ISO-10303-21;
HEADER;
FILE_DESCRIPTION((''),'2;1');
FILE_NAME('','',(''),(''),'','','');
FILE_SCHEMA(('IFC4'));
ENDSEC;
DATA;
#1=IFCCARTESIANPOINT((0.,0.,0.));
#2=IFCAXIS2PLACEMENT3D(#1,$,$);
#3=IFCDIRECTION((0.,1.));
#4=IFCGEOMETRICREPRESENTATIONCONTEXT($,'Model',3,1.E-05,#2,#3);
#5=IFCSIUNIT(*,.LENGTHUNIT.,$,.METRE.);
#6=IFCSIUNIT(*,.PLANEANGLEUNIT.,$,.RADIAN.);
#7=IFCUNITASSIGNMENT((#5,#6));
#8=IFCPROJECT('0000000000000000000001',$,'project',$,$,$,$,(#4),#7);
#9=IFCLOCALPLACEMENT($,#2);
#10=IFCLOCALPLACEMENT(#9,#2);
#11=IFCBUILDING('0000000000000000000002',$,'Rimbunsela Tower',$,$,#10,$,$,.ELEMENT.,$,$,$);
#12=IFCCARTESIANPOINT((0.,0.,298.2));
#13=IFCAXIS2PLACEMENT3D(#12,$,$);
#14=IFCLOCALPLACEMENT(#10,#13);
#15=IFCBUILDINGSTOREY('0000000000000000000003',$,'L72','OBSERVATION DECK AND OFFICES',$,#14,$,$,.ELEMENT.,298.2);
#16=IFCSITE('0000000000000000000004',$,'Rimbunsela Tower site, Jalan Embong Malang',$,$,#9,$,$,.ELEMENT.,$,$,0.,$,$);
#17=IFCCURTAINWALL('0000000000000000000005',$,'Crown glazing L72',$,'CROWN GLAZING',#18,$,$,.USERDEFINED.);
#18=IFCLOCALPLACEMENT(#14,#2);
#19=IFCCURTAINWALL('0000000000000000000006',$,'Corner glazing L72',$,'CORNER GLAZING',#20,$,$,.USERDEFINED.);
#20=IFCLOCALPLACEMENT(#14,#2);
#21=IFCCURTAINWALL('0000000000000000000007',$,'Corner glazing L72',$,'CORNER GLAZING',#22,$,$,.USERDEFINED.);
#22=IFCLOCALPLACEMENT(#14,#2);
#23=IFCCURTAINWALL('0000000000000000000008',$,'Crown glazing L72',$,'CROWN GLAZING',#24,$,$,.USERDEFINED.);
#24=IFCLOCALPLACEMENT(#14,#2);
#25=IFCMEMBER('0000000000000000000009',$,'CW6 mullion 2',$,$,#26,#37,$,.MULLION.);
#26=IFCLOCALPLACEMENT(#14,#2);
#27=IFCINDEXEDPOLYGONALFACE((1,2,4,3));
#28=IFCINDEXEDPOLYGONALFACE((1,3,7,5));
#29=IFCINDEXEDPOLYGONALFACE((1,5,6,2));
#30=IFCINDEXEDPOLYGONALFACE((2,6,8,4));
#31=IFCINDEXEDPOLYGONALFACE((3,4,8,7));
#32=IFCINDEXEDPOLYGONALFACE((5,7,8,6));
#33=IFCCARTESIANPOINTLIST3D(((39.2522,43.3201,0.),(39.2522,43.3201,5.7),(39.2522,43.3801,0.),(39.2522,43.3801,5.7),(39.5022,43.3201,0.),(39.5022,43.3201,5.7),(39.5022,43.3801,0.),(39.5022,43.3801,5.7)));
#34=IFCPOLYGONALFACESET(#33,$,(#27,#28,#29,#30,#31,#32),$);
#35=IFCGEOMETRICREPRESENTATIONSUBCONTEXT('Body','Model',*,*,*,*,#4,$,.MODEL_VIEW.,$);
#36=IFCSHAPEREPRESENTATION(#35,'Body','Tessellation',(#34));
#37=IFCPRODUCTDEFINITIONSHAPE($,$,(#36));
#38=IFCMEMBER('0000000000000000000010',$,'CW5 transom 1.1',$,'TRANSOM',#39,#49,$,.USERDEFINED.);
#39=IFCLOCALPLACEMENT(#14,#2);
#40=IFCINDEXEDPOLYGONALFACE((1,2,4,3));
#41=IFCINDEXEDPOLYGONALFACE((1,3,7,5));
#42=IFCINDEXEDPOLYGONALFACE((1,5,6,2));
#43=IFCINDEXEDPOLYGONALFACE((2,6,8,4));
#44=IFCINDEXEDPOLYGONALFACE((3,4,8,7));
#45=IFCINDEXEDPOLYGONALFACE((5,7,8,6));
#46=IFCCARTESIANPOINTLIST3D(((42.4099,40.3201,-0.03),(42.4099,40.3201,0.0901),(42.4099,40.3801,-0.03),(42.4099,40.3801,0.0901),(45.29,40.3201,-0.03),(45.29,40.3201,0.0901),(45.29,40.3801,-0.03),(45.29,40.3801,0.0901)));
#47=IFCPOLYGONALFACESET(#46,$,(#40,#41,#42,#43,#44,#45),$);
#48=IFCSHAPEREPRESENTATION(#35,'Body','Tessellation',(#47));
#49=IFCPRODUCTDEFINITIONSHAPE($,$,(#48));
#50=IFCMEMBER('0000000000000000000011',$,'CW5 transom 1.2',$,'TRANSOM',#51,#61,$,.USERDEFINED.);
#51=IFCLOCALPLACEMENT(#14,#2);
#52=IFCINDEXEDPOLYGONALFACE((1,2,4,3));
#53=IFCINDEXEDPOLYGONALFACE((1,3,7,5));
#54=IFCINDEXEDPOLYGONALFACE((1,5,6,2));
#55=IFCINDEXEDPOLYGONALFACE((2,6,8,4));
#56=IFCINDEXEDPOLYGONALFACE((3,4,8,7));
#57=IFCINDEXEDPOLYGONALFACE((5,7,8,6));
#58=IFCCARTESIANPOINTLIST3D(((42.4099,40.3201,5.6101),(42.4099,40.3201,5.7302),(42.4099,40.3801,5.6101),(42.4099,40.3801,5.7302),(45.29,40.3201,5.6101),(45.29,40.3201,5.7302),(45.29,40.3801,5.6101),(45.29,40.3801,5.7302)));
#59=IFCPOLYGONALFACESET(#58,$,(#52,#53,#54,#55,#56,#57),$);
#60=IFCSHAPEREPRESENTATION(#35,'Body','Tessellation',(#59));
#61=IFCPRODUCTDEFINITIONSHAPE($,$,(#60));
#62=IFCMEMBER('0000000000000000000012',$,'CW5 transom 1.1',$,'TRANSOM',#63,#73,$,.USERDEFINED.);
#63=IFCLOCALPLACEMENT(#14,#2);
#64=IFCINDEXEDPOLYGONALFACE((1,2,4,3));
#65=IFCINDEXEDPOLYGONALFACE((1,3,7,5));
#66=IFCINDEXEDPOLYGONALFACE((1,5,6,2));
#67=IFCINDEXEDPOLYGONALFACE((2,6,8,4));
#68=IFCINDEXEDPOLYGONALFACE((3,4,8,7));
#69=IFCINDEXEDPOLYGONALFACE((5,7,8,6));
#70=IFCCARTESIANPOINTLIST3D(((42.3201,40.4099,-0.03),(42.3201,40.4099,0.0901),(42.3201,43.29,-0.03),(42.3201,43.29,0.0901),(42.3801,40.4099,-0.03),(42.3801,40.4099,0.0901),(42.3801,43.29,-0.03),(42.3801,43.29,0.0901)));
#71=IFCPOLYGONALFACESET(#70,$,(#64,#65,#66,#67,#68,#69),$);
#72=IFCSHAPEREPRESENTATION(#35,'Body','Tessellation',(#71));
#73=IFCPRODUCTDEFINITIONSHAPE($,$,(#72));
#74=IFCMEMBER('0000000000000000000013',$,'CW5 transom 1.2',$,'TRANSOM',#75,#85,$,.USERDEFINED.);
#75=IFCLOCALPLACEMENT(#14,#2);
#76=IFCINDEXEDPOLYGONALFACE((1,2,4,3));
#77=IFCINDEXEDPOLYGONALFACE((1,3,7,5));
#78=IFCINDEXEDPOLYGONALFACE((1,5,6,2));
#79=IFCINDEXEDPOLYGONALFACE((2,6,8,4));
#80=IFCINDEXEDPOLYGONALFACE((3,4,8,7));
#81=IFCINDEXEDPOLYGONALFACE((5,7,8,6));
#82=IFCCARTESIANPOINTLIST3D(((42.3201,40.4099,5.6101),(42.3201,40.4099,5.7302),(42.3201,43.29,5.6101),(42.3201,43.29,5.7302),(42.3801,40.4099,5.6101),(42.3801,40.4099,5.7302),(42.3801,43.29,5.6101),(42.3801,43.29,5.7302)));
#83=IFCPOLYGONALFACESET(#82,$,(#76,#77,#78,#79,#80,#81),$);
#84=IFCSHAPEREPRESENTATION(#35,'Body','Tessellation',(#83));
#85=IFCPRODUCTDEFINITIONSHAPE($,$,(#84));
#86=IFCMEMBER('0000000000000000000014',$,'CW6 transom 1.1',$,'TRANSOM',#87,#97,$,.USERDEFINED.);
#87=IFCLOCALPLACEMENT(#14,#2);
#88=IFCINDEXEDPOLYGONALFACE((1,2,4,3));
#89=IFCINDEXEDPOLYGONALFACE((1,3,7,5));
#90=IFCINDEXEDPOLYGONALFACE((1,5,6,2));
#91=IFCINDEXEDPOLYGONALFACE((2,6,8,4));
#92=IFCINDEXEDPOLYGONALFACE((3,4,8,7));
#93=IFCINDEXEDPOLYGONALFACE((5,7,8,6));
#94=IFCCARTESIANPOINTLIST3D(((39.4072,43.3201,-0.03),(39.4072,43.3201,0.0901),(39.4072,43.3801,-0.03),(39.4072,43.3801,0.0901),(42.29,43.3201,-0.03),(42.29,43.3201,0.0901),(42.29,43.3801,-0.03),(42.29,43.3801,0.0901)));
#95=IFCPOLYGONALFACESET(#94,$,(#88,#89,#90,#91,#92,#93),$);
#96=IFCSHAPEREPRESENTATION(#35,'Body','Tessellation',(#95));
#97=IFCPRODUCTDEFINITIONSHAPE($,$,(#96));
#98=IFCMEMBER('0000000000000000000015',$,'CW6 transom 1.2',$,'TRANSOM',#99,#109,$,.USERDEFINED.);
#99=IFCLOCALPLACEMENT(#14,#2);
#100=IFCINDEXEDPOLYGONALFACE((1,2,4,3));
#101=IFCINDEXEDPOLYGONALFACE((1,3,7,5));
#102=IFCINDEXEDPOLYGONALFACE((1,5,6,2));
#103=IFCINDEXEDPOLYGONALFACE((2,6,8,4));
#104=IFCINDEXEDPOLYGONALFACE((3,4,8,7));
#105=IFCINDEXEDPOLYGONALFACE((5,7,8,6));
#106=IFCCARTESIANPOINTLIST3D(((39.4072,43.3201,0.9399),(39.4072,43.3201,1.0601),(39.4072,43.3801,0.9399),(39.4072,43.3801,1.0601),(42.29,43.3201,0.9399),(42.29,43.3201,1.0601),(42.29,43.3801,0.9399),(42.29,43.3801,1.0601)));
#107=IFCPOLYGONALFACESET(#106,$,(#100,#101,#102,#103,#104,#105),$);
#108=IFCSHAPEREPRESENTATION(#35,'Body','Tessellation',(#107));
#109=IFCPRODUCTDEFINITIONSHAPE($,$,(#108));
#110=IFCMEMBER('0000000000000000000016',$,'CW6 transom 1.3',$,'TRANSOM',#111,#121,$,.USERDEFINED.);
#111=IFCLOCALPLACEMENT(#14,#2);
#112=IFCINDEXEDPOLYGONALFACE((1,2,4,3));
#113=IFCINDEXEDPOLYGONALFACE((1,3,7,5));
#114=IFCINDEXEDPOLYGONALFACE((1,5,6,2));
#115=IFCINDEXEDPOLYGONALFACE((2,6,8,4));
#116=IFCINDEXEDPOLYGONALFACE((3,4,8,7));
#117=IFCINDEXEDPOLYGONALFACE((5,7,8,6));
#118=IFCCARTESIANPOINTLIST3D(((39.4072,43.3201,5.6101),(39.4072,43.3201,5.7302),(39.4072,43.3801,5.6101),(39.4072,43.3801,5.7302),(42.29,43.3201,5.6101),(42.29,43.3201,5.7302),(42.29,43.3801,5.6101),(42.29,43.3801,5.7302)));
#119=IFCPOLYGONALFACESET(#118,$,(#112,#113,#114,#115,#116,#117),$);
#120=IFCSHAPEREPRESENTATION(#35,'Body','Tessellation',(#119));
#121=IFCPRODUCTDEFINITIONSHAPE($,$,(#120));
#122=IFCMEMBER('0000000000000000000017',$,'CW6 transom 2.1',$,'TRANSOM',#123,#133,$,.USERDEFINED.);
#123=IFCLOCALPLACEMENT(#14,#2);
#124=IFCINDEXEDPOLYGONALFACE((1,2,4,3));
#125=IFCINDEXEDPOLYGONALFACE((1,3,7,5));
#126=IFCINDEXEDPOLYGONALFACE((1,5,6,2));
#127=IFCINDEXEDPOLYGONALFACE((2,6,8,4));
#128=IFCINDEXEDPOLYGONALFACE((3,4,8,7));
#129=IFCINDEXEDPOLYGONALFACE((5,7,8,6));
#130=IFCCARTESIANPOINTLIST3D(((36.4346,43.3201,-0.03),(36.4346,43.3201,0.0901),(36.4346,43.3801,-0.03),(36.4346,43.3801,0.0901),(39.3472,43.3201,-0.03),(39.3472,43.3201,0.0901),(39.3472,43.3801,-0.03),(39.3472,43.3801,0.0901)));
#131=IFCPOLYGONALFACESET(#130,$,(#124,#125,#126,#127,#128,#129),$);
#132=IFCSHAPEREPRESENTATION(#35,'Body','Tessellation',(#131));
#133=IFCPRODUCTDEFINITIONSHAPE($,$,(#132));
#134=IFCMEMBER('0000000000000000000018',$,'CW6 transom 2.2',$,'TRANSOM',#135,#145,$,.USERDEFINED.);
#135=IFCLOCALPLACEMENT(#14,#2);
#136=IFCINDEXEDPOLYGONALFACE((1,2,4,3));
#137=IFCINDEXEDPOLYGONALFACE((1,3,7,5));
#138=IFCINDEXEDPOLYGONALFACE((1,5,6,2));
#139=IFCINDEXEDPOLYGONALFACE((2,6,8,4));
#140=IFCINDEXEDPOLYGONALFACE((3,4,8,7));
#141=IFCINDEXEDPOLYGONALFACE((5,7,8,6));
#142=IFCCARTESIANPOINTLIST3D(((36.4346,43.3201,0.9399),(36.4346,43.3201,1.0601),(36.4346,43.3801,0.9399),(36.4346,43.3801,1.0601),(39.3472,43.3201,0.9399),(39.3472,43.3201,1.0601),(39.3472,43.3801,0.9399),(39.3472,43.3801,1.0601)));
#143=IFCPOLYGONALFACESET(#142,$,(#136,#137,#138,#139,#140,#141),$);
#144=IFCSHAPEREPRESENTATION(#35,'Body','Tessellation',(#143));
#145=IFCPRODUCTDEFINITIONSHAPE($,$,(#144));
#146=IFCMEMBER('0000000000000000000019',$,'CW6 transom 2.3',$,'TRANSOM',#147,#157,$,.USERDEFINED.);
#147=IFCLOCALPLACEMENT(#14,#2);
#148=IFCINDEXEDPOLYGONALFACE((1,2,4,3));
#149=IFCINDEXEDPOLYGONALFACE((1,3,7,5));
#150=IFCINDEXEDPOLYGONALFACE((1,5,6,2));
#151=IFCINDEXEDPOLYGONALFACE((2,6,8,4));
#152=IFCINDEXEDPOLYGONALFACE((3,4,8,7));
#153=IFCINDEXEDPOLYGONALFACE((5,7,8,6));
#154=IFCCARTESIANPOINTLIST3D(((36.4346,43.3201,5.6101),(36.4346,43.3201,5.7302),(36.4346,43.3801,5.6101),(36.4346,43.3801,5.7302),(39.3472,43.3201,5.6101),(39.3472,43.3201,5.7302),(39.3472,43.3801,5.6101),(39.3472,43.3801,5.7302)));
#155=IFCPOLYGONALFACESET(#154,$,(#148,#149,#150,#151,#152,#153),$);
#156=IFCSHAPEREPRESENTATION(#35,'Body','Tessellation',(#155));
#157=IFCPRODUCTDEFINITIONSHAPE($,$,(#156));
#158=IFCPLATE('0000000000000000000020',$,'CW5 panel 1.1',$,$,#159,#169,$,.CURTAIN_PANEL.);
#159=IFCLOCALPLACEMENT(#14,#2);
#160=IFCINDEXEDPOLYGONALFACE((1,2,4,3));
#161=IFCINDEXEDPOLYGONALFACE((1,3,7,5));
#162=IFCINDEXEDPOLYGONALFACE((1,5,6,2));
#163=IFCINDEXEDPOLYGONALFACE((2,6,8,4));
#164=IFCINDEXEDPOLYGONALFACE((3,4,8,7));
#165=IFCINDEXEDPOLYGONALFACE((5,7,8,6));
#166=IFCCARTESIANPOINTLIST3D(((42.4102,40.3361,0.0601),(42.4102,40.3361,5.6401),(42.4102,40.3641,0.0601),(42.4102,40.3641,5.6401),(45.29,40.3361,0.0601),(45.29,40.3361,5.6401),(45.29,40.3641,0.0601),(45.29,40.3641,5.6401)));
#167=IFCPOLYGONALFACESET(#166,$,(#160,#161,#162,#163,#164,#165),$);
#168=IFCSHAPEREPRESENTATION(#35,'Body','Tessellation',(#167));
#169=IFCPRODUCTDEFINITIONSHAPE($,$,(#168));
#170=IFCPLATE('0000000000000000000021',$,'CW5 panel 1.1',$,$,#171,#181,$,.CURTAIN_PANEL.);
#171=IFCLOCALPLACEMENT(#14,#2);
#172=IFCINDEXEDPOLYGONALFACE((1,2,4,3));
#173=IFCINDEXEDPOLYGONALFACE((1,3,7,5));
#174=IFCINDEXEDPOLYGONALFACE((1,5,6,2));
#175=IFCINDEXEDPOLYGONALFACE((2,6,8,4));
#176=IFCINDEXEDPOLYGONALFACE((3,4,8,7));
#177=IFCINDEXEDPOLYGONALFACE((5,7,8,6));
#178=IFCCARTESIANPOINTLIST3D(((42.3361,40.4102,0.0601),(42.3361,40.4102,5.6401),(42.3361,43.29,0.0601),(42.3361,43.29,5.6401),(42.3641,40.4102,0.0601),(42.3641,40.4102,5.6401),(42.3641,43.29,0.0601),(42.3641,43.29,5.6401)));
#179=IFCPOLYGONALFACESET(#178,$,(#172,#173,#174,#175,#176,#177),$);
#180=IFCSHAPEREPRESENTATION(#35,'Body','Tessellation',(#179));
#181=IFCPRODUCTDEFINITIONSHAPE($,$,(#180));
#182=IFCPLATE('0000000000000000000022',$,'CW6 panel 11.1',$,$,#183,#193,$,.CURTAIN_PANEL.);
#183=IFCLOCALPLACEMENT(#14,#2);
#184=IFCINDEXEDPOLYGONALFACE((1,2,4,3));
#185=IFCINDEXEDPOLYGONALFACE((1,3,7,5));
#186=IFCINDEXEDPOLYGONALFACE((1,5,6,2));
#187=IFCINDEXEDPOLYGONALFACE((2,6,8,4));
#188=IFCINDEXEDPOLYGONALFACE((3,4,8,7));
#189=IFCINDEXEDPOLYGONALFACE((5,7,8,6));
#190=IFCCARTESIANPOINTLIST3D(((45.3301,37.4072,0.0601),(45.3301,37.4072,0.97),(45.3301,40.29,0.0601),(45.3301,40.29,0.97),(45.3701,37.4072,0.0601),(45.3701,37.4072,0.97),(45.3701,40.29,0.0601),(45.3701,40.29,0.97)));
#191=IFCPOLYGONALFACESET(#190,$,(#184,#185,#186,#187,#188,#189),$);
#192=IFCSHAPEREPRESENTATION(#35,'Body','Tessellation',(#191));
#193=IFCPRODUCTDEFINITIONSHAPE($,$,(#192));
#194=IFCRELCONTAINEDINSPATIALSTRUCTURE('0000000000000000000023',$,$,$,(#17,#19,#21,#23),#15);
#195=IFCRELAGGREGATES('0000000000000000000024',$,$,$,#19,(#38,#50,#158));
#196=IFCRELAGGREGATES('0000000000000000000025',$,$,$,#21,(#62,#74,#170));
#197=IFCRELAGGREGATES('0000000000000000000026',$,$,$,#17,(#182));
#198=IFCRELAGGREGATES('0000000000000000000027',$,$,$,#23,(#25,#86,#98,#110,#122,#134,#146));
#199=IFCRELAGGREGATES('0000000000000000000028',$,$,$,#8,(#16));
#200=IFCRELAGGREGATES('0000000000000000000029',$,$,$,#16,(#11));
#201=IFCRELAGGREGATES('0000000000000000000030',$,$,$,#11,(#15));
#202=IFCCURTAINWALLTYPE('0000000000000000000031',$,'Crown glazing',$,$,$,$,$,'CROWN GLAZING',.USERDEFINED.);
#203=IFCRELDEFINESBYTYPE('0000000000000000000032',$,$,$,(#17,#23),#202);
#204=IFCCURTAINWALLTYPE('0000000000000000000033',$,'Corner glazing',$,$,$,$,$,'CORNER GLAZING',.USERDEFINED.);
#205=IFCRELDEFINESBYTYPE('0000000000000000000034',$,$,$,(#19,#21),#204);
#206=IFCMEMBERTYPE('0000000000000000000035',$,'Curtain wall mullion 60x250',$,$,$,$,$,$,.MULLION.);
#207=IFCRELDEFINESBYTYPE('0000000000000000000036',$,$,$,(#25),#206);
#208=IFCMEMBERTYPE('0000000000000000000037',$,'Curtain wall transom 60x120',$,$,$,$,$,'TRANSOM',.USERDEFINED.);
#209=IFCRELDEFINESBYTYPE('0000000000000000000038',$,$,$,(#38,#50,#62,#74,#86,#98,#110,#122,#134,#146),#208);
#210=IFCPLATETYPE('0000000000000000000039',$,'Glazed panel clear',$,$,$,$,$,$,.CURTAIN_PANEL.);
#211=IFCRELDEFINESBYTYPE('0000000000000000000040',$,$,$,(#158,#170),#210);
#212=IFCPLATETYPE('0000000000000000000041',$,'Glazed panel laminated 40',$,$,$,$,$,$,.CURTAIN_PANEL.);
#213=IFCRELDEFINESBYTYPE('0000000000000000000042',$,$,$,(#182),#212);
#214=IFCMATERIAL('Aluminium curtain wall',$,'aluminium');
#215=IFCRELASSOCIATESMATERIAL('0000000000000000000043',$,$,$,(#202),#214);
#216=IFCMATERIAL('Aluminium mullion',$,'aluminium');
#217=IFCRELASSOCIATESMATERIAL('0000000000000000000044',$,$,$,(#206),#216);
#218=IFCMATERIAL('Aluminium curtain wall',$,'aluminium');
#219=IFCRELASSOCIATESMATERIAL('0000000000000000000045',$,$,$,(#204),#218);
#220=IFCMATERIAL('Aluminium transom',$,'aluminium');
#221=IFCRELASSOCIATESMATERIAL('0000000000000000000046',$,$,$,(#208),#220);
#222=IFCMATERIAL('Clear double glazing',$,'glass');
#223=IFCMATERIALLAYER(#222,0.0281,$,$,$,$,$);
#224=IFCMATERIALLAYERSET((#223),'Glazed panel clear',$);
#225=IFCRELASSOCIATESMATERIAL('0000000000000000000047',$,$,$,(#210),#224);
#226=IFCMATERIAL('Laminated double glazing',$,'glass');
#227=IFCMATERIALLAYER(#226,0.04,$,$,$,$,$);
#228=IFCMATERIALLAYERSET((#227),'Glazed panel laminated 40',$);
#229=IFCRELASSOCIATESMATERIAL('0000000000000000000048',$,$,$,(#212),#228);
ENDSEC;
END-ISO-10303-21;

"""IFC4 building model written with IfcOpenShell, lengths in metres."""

from ifc_helpers import new_model, si_unit, direction, frame, origin, origin_2d, place, context, subcontext, project, spatial, rectangle, extrude, material, layer, layer_set, material_profile, profile_set, type_object, element, aggregate, save


model = new_model("IFC4")

# Units and contexts
model_context = context("Model", 3, precision=1e-05, world=origin(), true_north=direction((0.0, 1.0)))
body_context = subcontext(model_context, "Body", "Model", "MODEL_VIEW")
ifc_project = project(units=[si_unit("LENGTHUNIT", "METRE"), si_unit("PLANEANGLEUNIT", "RADIAN")], contexts=[model_context])

# Site, building, storey
site_placement = place(None, origin())
site = spatial("IfcSite", under=ifc_project, at=site_placement, Name="Rimbunsela Tower site, Jalan Embong Malang", CompositionType="ELEMENT", RefElevation=0.0)
building_placement = place(site_placement, origin())
building = spatial("IfcBuilding", under=site, at=building_placement, Name="Rimbunsela Tower", CompositionType="ELEMENT")
storey_placement = place(building_placement, frame((0.0, 0.0, 298.2)))
storey = spatial("IfcBuildingStorey", under=building, at=storey_placement, Name="L72", Description="OBSERVATION DECK AND OFFICES", CompositionType="ELEMENT", Elevation=298.2)

# Curtain wall
ifc_material_1 = material(Name="Aluminium curtain wall", Category="aluminium")
curtain_wall_type_1 = type_object("IfcCurtainWallType", Name="Crown glazing", ElementType="CROWN GLAZING", PredefinedType="USERDEFINED", material=ifc_material_1)
curtain_wall_1_placement = place(storey_placement, origin())
curtain_wall_1 = element("IfcCurtainWall", 1, at=curtain_wall_1_placement, inside=storey, type_object=curtain_wall_type_1, Name="Crown glazing L72", ObjectType="CROWN GLAZING", PredefinedType="USERDEFINED")
ifc_material_2 = material(Name="Aluminium mullion", Category="aluminium")
ifc_material_profile_1 = material_profile(ifc_material_2, rectangle(XDim=0.0601, YDim=0.25, at=origin_2d()), Name="Mullion 60x250")
ifc_profile_set_1 = profile_set([ifc_material_profile_1], Name="Aluminium mullion")
member_type_1 = type_object("IfcMemberType", Name="Curtain wall mullion 60x250", PredefinedType="MULLION", material=ifc_profile_set_1)

# Curtain walls, member
ifc_material_3 = material(Name="Aluminium curtain wall", Category="aluminium")
curtain_wall_type_2 = type_object("IfcCurtainWallType", Name="Corner glazing", ElementType="CORNER GLAZING", PredefinedType="USERDEFINED", material=ifc_material_3)
curtain_wall_2_placement = place(storey_placement, origin())
curtain_wall_2 = element("IfcCurtainWall", 2, at=curtain_wall_2_placement, inside=storey, type_object=curtain_wall_type_2, Name="Corner glazing L72", ObjectType="CORNER GLAZING", PredefinedType="USERDEFINED")
curtain_wall_3_placement = place(storey_placement, origin())
curtain_wall_3 = element("IfcCurtainWall", 3, at=curtain_wall_3_placement, inside=storey, type_object=curtain_wall_type_2, Name="Corner glazing L72", ObjectType="CORNER GLAZING", PredefinedType="USERDEFINED")
curtain_wall_4_placement = place(storey_placement, origin())
curtain_wall_4 = element("IfcCurtainWall", 4, at=curtain_wall_4_placement, inside=storey, type_object=curtain_wall_type_1, Name="Crown glazing L72", ObjectType="CROWN GLAZING", PredefinedType="USERDEFINED")
member_1_placement = place(storey_placement, frame((39.3772, 43.3501, 0.0), z_axis=(0.0, 0.0, 1.0), x_axis=(0.0, -1.0, 0.0)))
member_1 = element("IfcMember", 5, at=member_1_placement, type_object=member_type_1, Name="CW6 mullion 2", PredefinedType="MULLION", context=body_context, shape_type="SweptSolid", body=[
    extrude(rectangle(XDim=0.0601, YDim=0.25, at=origin_2d()), origin(), (0.0, 0.0, 1.0), 5.7),
])

# Members
ifc_material_4 = material(Name="Aluminium transom", Category="aluminium")
ifc_material_profile_2 = material_profile(ifc_material_4, rectangle(XDim=0.0601, YDim=0.1201, at=origin_2d()), Name="Transom 60x120")
ifc_profile_set_2 = profile_set([ifc_material_profile_2], Name="Aluminium transom")
member_type_2 = type_object("IfcMemberType", Name="Curtain wall transom 60x120", ElementType="TRANSOM", PredefinedType="USERDEFINED", material=ifc_profile_set_2)
member_2_placement = place(storey_placement, frame((45.29, 40.3501, 0.03), z_axis=(-1.0, 0.0, 0.0), x_axis=(0.0, -1.0, 0.0)))
member_2 = element("IfcMember", 6, at=member_2_placement, type_object=member_type_2, Name="CW5 transom 1.1", ObjectType="TRANSOM", PredefinedType="USERDEFINED", context=body_context, shape_type="SweptSolid", body=[
    extrude(rectangle(XDim=0.0601, YDim=0.1201, at=origin_2d()), origin(), (0.0, 0.0, 1.0), 2.8801),
])
member_3_placement = place(storey_placement, frame((45.29, 40.3501, 5.6702), z_axis=(-1.0, 0.0, 0.0), x_axis=(0.0, -1.0, 0.0)))
member_3 = element("IfcMember", 7, at=member_3_placement, type_object=member_type_2, Name="CW5 transom 1.2", ObjectType="TRANSOM", PredefinedType="USERDEFINED", context=body_context, shape_type="SweptSolid", body=[
    extrude(rectangle(XDim=0.0601, YDim=0.1201, at=origin_2d()), origin(), (0.0, 0.0, 1.0), 2.8801),
])
member_4_placement = place(storey_placement, frame((42.3501, 40.4099, 0.03), z_axis=(0.0, 1.0, 0.0), x_axis=(-1.0, 0.0, 0.0)))
member_4 = element("IfcMember", 8, at=member_4_placement, type_object=member_type_2, Name="CW5 transom 1.1", ObjectType="TRANSOM", PredefinedType="USERDEFINED", context=body_context, shape_type="SweptSolid", body=[
    extrude(rectangle(XDim=0.0601, YDim=0.1201, at=origin_2d()), origin(), (0.0, 0.0, 1.0), 2.8801),
])
member_5_placement = place(storey_placement, frame((42.3501, 40.4099, 5.6702), z_axis=(0.0, 1.0, 0.0), x_axis=(-1.0, 0.0, 0.0)))
member_5 = element("IfcMember", 9, at=member_5_placement, type_object=member_type_2, Name="CW5 transom 1.2", ObjectType="TRANSOM", PredefinedType="USERDEFINED", context=body_context, shape_type="SweptSolid", body=[
    extrude(rectangle(XDim=0.0601, YDim=0.1201, at=origin_2d()), origin(), (0.0, 0.0, 1.0), 2.8801),
])
member_6_placement = place(storey_placement, frame((42.29, 43.3501, 0.03), z_axis=(-1.0, 0.0, 0.0), x_axis=(0.0, -1.0, 0.0)))
member_6 = element("IfcMember", 10, at=member_6_placement, type_object=member_type_2, Name="CW6 transom 1.1", ObjectType="TRANSOM", PredefinedType="USERDEFINED", context=body_context, shape_type="SweptSolid", body=[
    extrude(rectangle(XDim=0.0601, YDim=0.1201, at=origin_2d()), origin(), (0.0, 0.0, 1.0), 2.8828),
])
member_7_placement = place(storey_placement, frame((42.29, 43.3501, 1.0), z_axis=(-1.0, 0.0, 0.0), x_axis=(0.0, -1.0, 0.0)))
member_7 = element("IfcMember", 11, at=member_7_placement, type_object=member_type_2, Name="CW6 transom 1.2", ObjectType="TRANSOM", PredefinedType="USERDEFINED", context=body_context, shape_type="SweptSolid", body=[
    extrude(rectangle(XDim=0.0601, YDim=0.1201, at=origin_2d()), origin(), (0.0, 0.0, 1.0), 2.8828),
])
member_8_placement = place(storey_placement, frame((42.29, 43.3501, 5.6702), z_axis=(-1.0, 0.0, 0.0), x_axis=(0.0, -1.0, 0.0)))
member_8 = element("IfcMember", 12, at=member_8_placement, type_object=member_type_2, Name="CW6 transom 1.3", ObjectType="TRANSOM", PredefinedType="USERDEFINED", context=body_context, shape_type="SweptSolid", body=[
    extrude(rectangle(XDim=0.0601, YDim=0.1201, at=origin_2d()), origin(), (0.0, 0.0, 1.0), 2.8828),
])
member_9_placement = place(storey_placement, frame((39.3472, 43.3501, 0.03), z_axis=(-1.0, 0.0, 0.0), x_axis=(0.0, -1.0, 0.0)))
member_9 = element("IfcMember", 13, at=member_9_placement, type_object=member_type_2, Name="CW6 transom 2.1", ObjectType="TRANSOM", PredefinedType="USERDEFINED", context=body_context, shape_type="SweptSolid", body=[
    extrude(rectangle(XDim=0.0601, YDim=0.1201, at=origin_2d()), origin(), (0.0, 0.0, 1.0), 2.9126),
])
member_10_placement = place(storey_placement, frame((39.3472, 43.3501, 1.0), z_axis=(-1.0, 0.0, 0.0), x_axis=(0.0, -1.0, 0.0)))
member_10 = element("IfcMember", 14, at=member_10_placement, type_object=member_type_2, Name="CW6 transom 2.2", ObjectType="TRANSOM", PredefinedType="USERDEFINED", context=body_context, shape_type="SweptSolid", body=[
    extrude(rectangle(XDim=0.0601, YDim=0.1201, at=origin_2d()), origin(), (0.0, 0.0, 1.0), 2.9126),
])
member_11_placement = place(storey_placement, frame((39.3472, 43.3501, 5.6702), z_axis=(-1.0, 0.0, 0.0), x_axis=(0.0, -1.0, 0.0)))
member_11 = element("IfcMember", 15, at=member_11_placement, type_object=member_type_2, Name="CW6 transom 2.3", ObjectType="TRANSOM", PredefinedType="USERDEFINED", context=body_context, shape_type="SweptSolid", body=[
    extrude(rectangle(XDim=0.0601, YDim=0.1201, at=origin_2d()), origin(), (0.0, 0.0, 1.0), 2.9126),
])

# Plates
ifc_material_5 = material(Name="Clear double glazing", Category="glass")
ifc_layer_1 = layer(ifc_material_5, 0.0281)
ifc_layer_set_1 = layer_set([ifc_layer_1], Name="Glazed panel clear")
plate_type_1 = type_object("IfcPlateType", Name="Glazed panel clear", PredefinedType="CURTAIN_PANEL", material=ifc_layer_set_1)
plate_1_placement = place(storey_placement, frame((43.8501, 40.3501, 0.0601), z_axis=(0.0, 0.0, 1.0), x_axis=(-1.0, 0.0, 0.0)))
plate_1 = element("IfcPlate", 16, at=plate_1_placement, type_object=plate_type_1, Name="CW5 panel 1.1", PredefinedType="CURTAIN_PANEL", context=body_context, shape_type="SweptSolid", body=[
    extrude(rectangle(XDim=2.8799, YDim=0.0281, at=origin_2d()), origin(), (0.0, 0.0, 1.0), 5.5801),
])
aggregate(curtain_wall_2, [member_2, member_3, plate_1])
plate_2_placement = place(storey_placement, frame((42.3501, 41.8501, 0.0601), z_axis=(0.0, 0.0, 1.0), x_axis=(0.0, 1.0, 0.0)))
plate_2 = element("IfcPlate", 17, at=plate_2_placement, type_object=plate_type_1, Name="CW5 panel 1.1", PredefinedType="CURTAIN_PANEL", context=body_context, shape_type="SweptSolid", body=[
    extrude(rectangle(XDim=2.8799, YDim=0.0281, at=origin_2d()), origin(), (0.0, 0.0, 1.0), 5.5801),
])
aggregate(curtain_wall_3, [member_4, member_5, plate_2])
ifc_material_6 = material(Name="Laminated double glazing", Category="glass")
ifc_layer_2 = layer(ifc_material_6, 0.04)
ifc_layer_set_2 = layer_set([ifc_layer_2], Name="Glazed panel laminated 40")
plate_type_2 = type_object("IfcPlateType", Name="Glazed panel laminated 40", PredefinedType="CURTAIN_PANEL", material=ifc_layer_set_2)
plate_3_placement = place(storey_placement, frame((45.3501, 38.8486, 0.0601), z_axis=(0.0, 0.0, 1.0), x_axis=(0.0, 1.0, 0.0)))
plate_3 = element("IfcPlate", 18, at=plate_3_placement, type_object=plate_type_2, Name="CW6 panel 11.1", PredefinedType="CURTAIN_PANEL", context=body_context, shape_type="SweptSolid", body=[
    extrude(rectangle(XDim=2.8828, YDim=0.04, at=origin_2d()), origin(), (0.0, 0.0, 1.0), 0.9099),
])
aggregate(curtain_wall_1, [plate_3])
aggregate(curtain_wall_4, [member_1, member_6, member_7, member_8, member_9, member_10, member_11])

save(model, "model.ifc")
